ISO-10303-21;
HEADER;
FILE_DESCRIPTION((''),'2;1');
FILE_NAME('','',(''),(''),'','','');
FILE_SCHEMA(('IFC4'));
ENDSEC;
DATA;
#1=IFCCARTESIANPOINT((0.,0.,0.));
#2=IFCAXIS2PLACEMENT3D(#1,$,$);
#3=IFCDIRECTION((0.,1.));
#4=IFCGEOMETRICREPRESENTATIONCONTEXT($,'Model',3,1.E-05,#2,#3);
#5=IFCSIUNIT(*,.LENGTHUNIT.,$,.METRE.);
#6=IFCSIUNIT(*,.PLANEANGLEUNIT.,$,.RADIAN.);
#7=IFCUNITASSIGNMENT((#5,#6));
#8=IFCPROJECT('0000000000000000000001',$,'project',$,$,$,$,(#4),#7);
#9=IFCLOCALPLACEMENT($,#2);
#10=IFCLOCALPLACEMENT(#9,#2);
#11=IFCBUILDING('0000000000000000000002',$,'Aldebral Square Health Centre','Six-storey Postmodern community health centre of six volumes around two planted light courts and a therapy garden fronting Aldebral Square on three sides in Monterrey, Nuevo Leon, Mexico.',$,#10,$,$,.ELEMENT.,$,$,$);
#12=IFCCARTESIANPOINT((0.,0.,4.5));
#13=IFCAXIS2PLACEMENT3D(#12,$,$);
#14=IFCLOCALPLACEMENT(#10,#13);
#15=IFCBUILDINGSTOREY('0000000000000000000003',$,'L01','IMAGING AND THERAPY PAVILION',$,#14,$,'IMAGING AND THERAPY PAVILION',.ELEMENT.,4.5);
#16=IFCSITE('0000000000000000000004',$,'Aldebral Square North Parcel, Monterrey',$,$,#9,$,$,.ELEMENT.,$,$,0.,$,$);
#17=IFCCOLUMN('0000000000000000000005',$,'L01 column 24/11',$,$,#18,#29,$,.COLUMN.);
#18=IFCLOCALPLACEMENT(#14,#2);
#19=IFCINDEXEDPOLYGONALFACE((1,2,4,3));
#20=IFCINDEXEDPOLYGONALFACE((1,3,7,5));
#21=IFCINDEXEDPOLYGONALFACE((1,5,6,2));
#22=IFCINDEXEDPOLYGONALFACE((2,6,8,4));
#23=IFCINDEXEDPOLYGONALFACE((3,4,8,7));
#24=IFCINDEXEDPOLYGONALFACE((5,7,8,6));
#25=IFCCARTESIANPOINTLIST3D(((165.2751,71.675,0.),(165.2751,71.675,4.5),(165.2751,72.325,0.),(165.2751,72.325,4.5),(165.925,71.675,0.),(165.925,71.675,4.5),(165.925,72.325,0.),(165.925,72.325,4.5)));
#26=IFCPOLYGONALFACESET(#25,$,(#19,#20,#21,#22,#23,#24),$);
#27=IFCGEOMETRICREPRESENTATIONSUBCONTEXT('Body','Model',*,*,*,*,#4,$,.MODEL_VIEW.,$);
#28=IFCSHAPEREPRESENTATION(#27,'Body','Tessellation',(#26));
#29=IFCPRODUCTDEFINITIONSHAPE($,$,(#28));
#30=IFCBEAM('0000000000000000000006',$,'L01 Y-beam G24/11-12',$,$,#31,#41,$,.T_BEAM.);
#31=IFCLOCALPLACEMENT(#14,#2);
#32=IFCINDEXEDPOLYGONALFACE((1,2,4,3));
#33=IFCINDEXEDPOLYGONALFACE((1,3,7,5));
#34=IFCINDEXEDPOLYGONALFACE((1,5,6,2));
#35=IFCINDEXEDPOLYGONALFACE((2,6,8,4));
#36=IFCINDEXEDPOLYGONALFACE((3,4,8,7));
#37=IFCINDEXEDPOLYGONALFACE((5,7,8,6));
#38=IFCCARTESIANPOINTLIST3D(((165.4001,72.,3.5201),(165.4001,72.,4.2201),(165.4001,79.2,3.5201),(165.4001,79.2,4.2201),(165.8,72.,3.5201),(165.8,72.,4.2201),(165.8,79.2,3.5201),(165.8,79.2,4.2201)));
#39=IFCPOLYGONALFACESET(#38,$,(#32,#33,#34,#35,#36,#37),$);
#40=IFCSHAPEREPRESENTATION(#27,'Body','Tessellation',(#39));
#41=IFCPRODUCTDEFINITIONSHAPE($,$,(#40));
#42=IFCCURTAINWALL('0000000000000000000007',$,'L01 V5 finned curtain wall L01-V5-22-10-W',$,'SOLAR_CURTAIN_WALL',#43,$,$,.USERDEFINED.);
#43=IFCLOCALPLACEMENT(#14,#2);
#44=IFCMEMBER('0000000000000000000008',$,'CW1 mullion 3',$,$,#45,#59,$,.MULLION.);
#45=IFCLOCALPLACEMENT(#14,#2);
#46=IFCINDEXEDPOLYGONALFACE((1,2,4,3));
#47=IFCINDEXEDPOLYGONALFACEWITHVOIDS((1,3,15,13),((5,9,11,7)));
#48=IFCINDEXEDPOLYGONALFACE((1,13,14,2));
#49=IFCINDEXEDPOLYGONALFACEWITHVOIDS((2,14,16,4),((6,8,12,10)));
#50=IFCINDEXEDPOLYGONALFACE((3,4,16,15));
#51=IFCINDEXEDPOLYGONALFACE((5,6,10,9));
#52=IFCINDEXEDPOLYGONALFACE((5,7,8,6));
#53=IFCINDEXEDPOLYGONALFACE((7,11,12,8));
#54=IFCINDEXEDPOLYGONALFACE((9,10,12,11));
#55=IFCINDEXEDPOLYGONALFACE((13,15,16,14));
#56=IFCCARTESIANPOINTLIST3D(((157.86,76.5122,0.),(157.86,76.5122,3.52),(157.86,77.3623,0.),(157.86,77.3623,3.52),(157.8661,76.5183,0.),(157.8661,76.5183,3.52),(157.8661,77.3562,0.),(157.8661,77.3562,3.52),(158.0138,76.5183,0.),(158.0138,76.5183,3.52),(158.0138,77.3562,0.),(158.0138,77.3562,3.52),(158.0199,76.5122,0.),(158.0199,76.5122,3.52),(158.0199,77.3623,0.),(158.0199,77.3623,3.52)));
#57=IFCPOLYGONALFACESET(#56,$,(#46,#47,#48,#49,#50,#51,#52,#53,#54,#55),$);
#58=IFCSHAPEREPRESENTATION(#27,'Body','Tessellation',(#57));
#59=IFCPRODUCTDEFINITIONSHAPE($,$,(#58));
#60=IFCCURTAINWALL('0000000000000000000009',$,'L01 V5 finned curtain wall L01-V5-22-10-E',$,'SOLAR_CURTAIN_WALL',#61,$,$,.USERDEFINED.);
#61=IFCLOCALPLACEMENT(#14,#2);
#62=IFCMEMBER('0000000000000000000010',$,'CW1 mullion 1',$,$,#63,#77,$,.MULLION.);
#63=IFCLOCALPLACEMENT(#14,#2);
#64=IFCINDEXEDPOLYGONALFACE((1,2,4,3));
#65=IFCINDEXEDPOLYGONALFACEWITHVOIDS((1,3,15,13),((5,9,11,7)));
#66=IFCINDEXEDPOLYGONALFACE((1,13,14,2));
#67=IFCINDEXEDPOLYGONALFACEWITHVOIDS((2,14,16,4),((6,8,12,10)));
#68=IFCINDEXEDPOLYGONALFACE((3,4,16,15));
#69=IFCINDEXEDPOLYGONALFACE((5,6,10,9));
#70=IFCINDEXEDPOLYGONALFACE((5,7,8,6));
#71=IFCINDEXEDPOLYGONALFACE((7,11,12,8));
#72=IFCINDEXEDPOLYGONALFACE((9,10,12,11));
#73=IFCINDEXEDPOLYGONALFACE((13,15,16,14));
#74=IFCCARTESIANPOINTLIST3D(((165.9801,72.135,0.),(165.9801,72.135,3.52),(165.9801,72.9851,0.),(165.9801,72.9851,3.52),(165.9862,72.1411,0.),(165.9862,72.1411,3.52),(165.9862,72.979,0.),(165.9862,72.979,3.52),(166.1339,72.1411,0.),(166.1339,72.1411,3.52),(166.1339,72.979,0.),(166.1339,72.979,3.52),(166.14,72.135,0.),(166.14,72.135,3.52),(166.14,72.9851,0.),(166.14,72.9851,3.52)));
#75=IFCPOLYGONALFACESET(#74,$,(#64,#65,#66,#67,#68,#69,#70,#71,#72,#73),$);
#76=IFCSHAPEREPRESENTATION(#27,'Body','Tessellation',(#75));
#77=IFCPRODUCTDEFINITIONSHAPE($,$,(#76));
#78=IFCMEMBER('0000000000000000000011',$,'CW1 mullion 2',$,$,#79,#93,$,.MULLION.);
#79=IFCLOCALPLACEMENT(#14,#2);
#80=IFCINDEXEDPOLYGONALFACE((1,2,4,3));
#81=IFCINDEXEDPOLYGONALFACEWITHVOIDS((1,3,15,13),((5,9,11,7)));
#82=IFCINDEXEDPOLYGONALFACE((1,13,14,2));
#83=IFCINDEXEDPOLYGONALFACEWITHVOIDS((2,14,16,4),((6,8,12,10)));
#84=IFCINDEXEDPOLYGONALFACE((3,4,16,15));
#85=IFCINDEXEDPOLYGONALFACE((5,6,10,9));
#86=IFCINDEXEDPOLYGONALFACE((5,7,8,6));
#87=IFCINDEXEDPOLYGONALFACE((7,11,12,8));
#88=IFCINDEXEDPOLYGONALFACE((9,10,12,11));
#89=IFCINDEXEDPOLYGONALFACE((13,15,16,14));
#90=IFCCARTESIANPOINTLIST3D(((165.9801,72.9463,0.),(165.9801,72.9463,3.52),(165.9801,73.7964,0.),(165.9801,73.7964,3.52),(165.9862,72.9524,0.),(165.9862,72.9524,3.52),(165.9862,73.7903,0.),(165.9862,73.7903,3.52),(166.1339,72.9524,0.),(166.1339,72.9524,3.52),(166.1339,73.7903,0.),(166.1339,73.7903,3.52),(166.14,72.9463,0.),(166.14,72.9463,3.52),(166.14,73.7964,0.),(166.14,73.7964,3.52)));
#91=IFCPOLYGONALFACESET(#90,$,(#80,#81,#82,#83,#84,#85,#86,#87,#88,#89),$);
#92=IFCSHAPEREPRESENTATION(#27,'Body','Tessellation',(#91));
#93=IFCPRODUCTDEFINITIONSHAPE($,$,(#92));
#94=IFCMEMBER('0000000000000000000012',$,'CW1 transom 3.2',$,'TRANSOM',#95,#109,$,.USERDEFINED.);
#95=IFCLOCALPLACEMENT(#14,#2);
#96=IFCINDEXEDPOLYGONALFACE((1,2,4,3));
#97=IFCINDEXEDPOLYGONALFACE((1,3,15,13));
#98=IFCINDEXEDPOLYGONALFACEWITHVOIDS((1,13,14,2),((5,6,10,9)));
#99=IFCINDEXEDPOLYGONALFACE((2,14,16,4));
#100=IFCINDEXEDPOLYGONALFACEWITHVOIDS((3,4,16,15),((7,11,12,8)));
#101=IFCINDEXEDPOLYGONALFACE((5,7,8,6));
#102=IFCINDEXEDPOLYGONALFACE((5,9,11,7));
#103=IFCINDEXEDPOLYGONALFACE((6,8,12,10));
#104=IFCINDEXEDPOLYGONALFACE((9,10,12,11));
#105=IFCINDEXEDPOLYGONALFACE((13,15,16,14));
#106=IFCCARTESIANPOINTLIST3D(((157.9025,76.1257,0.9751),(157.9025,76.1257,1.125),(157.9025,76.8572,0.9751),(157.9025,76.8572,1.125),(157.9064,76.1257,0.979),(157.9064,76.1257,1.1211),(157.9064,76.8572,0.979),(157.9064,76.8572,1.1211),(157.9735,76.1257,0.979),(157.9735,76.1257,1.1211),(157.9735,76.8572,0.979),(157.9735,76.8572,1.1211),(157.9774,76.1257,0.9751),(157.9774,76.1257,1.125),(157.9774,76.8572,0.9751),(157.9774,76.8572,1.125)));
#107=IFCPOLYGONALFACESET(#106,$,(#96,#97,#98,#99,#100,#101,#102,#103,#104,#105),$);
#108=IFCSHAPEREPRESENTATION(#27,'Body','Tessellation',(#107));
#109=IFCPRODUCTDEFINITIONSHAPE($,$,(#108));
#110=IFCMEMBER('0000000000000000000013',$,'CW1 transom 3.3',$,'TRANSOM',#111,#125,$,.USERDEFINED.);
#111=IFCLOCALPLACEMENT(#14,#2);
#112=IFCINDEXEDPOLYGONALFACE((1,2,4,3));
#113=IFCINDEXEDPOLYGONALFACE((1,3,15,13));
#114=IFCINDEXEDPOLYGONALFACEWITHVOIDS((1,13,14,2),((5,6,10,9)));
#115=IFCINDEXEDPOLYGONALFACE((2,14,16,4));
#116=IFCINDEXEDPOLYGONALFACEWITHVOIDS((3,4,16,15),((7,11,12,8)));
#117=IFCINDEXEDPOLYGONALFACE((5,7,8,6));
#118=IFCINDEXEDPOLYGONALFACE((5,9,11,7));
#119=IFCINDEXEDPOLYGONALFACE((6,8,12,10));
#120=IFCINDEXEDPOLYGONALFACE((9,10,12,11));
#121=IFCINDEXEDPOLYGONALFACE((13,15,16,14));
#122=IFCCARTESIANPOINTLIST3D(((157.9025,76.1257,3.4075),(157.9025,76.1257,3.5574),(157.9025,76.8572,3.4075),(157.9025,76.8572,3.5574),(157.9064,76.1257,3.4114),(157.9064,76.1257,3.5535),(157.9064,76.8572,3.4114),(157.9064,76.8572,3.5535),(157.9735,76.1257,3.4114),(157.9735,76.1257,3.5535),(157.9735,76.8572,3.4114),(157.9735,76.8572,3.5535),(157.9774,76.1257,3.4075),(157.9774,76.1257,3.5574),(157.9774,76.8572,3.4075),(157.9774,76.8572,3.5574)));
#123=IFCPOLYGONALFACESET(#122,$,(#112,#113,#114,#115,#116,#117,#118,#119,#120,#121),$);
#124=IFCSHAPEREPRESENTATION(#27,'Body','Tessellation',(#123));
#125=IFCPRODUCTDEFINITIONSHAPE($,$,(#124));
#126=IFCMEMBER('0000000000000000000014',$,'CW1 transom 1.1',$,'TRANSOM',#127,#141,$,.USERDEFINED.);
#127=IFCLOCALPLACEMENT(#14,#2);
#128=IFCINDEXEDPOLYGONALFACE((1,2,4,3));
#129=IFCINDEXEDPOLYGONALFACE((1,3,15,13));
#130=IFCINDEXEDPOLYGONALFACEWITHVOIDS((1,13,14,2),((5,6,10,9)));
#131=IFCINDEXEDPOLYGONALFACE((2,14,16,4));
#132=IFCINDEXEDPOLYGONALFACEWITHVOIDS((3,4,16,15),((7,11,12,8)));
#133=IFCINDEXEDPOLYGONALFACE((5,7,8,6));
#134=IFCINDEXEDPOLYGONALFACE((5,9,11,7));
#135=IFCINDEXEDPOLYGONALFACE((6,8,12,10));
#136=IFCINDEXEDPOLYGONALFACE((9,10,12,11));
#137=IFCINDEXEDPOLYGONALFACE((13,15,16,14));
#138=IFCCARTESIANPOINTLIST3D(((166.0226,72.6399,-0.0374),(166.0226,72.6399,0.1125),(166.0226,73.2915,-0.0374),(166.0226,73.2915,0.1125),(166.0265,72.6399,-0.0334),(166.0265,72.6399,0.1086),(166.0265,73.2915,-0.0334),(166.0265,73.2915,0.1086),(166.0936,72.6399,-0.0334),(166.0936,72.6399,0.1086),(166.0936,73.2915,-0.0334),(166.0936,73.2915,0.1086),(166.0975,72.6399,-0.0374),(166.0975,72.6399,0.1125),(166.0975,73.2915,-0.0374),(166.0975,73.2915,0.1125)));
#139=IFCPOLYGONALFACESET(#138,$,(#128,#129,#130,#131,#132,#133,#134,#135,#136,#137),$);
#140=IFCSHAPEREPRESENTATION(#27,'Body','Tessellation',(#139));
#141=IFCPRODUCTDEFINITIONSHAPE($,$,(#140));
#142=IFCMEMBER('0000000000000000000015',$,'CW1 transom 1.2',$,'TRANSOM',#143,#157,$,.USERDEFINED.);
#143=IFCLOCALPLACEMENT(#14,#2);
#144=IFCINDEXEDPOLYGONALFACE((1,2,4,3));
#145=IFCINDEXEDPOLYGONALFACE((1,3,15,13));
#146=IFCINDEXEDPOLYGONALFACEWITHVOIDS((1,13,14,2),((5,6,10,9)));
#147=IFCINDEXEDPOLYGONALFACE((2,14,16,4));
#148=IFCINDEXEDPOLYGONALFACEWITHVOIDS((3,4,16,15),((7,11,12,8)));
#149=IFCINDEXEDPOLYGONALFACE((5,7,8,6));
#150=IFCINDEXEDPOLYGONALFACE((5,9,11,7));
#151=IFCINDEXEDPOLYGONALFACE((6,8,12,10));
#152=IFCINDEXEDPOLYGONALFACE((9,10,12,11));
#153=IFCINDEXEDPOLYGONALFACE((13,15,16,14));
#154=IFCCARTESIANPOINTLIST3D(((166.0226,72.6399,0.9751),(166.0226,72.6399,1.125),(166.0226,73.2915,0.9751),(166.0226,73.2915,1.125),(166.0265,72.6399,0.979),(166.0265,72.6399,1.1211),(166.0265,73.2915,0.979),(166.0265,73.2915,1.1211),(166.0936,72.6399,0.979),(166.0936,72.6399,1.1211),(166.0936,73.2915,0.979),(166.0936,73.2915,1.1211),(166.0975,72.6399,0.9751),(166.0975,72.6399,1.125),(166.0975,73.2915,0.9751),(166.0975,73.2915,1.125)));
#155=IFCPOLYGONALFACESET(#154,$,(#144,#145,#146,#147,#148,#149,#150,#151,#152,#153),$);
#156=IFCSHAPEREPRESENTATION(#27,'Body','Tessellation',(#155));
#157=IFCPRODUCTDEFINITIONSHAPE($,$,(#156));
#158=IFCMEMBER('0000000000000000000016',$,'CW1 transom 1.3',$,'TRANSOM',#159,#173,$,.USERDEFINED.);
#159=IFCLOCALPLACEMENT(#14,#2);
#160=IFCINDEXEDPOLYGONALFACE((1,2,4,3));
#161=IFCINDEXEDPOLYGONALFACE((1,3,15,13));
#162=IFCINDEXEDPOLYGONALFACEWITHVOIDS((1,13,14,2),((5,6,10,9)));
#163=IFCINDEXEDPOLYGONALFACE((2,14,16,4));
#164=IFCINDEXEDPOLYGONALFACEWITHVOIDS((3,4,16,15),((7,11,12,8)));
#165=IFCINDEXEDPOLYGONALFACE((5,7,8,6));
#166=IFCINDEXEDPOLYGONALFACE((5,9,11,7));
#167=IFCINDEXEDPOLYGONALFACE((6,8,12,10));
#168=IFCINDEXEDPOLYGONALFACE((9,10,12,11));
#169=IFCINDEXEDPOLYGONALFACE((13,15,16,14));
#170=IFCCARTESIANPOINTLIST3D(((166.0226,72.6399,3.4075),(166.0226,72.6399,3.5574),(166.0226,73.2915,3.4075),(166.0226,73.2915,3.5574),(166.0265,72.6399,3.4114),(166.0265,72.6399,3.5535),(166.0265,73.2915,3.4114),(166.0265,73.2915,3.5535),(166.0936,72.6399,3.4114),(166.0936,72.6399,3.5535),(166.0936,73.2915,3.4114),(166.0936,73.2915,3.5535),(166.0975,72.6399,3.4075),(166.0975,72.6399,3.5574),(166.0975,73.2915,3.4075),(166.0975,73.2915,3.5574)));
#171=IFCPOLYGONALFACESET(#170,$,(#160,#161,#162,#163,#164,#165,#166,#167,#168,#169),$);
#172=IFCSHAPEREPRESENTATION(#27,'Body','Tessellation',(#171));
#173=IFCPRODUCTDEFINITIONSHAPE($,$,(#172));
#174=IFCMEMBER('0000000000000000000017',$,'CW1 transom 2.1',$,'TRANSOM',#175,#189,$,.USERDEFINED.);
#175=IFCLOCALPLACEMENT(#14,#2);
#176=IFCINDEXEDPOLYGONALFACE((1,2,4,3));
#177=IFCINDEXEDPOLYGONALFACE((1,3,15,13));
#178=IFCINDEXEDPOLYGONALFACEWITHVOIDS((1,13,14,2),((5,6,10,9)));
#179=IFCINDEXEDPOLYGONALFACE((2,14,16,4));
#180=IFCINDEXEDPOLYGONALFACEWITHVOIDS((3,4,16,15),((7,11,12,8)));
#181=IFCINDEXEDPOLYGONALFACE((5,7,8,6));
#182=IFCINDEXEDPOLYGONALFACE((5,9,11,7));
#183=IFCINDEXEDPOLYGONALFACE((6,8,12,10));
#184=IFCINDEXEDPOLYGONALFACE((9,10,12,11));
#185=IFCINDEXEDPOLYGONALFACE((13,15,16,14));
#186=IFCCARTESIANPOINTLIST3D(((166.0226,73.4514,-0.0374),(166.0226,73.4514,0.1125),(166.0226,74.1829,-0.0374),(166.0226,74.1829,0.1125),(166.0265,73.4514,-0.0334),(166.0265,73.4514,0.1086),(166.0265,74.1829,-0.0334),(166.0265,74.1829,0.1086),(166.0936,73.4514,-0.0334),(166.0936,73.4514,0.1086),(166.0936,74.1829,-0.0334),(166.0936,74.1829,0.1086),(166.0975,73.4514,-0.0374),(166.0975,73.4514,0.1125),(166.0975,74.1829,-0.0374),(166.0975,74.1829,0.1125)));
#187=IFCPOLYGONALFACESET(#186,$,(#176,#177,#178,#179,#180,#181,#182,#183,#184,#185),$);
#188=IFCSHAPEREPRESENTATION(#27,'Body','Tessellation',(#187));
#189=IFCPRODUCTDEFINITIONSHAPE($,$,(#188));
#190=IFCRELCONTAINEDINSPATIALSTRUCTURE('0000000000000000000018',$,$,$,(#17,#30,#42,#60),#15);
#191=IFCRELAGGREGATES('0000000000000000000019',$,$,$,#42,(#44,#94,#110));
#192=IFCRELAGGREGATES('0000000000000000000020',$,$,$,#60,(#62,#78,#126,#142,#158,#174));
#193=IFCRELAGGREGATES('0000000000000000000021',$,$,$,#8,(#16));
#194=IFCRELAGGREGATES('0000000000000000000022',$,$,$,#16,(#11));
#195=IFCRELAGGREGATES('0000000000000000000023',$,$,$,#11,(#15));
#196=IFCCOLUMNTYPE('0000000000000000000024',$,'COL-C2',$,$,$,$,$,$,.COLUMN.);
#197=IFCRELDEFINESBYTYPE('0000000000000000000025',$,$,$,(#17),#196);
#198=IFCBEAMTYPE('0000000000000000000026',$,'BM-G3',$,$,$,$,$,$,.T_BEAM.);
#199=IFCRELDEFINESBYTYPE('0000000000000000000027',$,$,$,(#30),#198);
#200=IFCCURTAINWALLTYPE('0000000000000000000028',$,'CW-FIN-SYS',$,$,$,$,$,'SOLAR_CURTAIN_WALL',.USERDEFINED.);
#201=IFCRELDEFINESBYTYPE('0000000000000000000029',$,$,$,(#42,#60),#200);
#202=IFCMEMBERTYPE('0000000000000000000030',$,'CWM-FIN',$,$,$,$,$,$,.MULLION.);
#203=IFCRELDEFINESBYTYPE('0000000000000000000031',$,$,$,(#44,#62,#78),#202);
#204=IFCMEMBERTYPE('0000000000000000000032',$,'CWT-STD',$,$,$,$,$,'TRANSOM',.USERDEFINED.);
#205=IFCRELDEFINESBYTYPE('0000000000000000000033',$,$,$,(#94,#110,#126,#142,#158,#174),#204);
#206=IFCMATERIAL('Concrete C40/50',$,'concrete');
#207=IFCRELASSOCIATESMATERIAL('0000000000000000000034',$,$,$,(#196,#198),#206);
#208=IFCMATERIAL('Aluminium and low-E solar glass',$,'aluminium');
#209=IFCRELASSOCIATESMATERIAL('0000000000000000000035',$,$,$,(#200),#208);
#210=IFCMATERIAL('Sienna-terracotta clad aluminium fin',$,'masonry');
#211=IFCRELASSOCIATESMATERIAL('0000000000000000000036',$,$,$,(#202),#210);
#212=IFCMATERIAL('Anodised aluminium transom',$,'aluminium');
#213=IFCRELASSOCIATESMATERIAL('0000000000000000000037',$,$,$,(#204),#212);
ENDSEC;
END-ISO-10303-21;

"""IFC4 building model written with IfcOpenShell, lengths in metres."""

from ifc_helpers import new_model, si_unit, direction, frame, origin, origin_2d, place, context, subcontext, project, spatial, rectangle, hollow_rectangle, extrude, material, material_profile, profile_set, type_object, element, aggregate, save


model = new_model("IFC4")

# Units and contexts
model_context = context("Model", 3, precision=1e-05, world=origin(), true_north=direction((0.0, 1.0)))
body_context = subcontext(model_context, "Body", "Model", "MODEL_VIEW")
ifc_project = project(units=[si_unit("LENGTHUNIT", "METRE"), si_unit("PLANEANGLEUNIT", "RADIAN")], contexts=[model_context])

# Site, building, storey
site_placement = place(None, origin())
site = spatial("IfcSite", under=ifc_project, at=site_placement, Name="Aldebral Square North Parcel, Monterrey", CompositionType="ELEMENT", RefElevation=0.0)
building_placement = place(site_placement, origin())
building = spatial("IfcBuilding", under=site, at=building_placement, Name="Aldebral Square Health Centre", Description="Six-storey Postmodern community health centre of six volumes around two planted light courts and a therapy garden fronting Aldebral Square on three sides in Monterrey, Nuevo Leon, Mexico.", CompositionType="ELEMENT")
storey_placement = place(building_placement, frame((0.0, 0.0, 4.5)))
storey = spatial("IfcBuildingStorey", under=building, at=storey_placement, Name="L01", Description="IMAGING AND THERAPY PAVILION", LongName="IMAGING AND THERAPY PAVILION", CompositionType="ELEMENT", Elevation=4.5)

# Column
ifc_material_1 = material(Name="Concrete C40/50", Category="concrete")
ifc_material_profile_1 = material_profile(ifc_material_1, rectangle(XDim=0.6499, YDim=0.6499, at=origin_2d()), Name="RC 650x650")
ifc_profile_set_1 = profile_set([ifc_material_profile_1], Name="Concrete C40/50")
column_type = type_object("IfcColumnType", Name="COL-C2", PredefinedType="COLUMN", material=ifc_profile_set_1)
column_placement = place(storey_placement, frame((165.6001, 72.0, 0.0), z_axis=(0.0, 0.0, 1.0), x_axis=(1.0, 0.0, 0.0)))
element("IfcColumn", 1, at=column_placement, inside=storey, type_object=column_type, Name="L01 column 24/11", PredefinedType="COLUMN", context=body_context, shape_type="SweptSolid", body=[
    extrude(rectangle(XDim=0.6499, YDim=0.6499, at=origin_2d()), origin(), (0.0, 0.0, 1.0), 4.5),
])

# Beam
ifc_material_profile_2 = material_profile(ifc_material_1, rectangle(XDim=0.3999, YDim=0.7, at=origin_2d()), Name="RC 400x700")
ifc_profile_set_2 = profile_set([ifc_material_profile_2], Name="Concrete C40/50")
beam_type = type_object("IfcBeamType", Name="BM-G3", PredefinedType="T_BEAM", material=ifc_profile_set_2)
beam_placement = place(storey_placement, frame((165.6001, 72.0, 3.8701), z_axis=(0.0, 1.0, 0.0), x_axis=(-1.0, 0.0, 0.0)))
element("IfcBeam", 2, at=beam_placement, inside=storey, type_object=beam_type, Name="L01 Y-beam G24/11-12", PredefinedType="T_BEAM", context=body_context, shape_type="SweptSolid", body=[
    extrude(rectangle(XDim=0.3999, YDim=0.7, at=origin_2d()), origin(), (0.0, 0.0, 1.0), 7.2),
])

# Curtain wall, member
ifc_material_2 = material(Name="Aluminium and low-E solar glass", Category="aluminium")
curtain_wall_type = type_object("IfcCurtainWallType", Name="CW-FIN-SYS", ElementType="SOLAR_CURTAIN_WALL", PredefinedType="USERDEFINED", material=ifc_material_2)
curtain_wall_1_placement = place(storey_placement, origin())
curtain_wall_1 = element("IfcCurtainWall", 3, at=curtain_wall_1_placement, inside=storey, type_object=curtain_wall_type, Name="L01 V5 finned curtain wall L01-V5-22-10-W", ObjectType="SOLAR_CURTAIN_WALL", PredefinedType="USERDEFINED")
ifc_material_3 = material(Name="Sienna-terracotta clad aluminium fin", Category="masonry")
ifc_material_profile_3 = material_profile(ifc_material_3, hollow_rectangle(XDim=0.1599, YDim=0.8501, WallThickness=0.0061, at=origin_2d()), Name="FIN 160x850x6")
ifc_profile_set_3 = profile_set([ifc_material_profile_3], Name="Sienna-terracotta clad aluminium fin")
member_type_1 = type_object("IfcMemberType", Name="CWM-FIN", PredefinedType="MULLION", material=ifc_profile_set_3)
member_1_placement = place(storey_placement, frame((157.9399, 76.9373, 0.0), z_axis=(0.0, 0.0, 1.0), x_axis=(1.0, 0.0, 0.0)))
member_1 = element("IfcMember", 4, at=member_1_placement, type_object=member_type_1, Name="CW1 mullion 3", PredefinedType="MULLION", context=body_context, shape_type="SweptSolid", body=[
    extrude(hollow_rectangle(XDim=0.1599, YDim=0.8501, WallThickness=0.0061, at=origin_2d()), origin(), (0.0, 0.0, 1.0), 3.52),
])

# Curtain wall, members
curtain_wall_2_placement = place(storey_placement, origin())
curtain_wall_2 = element("IfcCurtainWall", 5, at=curtain_wall_2_placement, inside=storey, type_object=curtain_wall_type, Name="L01 V5 finned curtain wall L01-V5-22-10-E", ObjectType="SOLAR_CURTAIN_WALL", PredefinedType="USERDEFINED")
member_2_placement = place(storey_placement, frame((166.0601, 72.5601, 0.0), z_axis=(0.0, 0.0, 1.0), x_axis=(-1.0, 0.0, 0.0)))
member_2 = element("IfcMember", 6, at=member_2_placement, type_object=member_type_1, Name="CW1 mullion 1", PredefinedType="MULLION", context=body_context, shape_type="SweptSolid", body=[
    extrude(hollow_rectangle(XDim=0.1599, YDim=0.8501, WallThickness=0.0061, at=origin_2d()), origin(), (0.0, 0.0, 1.0), 3.52),
])
member_3_placement = place(storey_placement, frame((166.0601, 73.3713, 0.0), z_axis=(0.0, 0.0, 1.0), x_axis=(-1.0, 0.0, 0.0)))
member_3 = element("IfcMember", 7, at=member_3_placement, type_object=member_type_1, Name="CW1 mullion 2", PredefinedType="MULLION", context=body_context, shape_type="SweptSolid", body=[
    extrude(hollow_rectangle(XDim=0.1599, YDim=0.8501, WallThickness=0.0061, at=origin_2d()), origin(), (0.0, 0.0, 1.0), 3.52),
])

# Members
ifc_material_4 = material(Name="Anodised aluminium transom", Category="aluminium")
ifc_material_profile_4 = material_profile(ifc_material_4, hollow_rectangle(XDim=0.075, YDim=0.1499, WallThickness=0.0039, at=origin_2d()), Name="CWT 75x150x4")
ifc_profile_set_4 = profile_set([ifc_material_profile_4], Name="Anodised aluminium transom")
member_type_2 = type_object("IfcMemberType", Name="CWT-STD", ElementType="TRANSOM", PredefinedType="USERDEFINED", material=ifc_profile_set_4)
member_4_placement = place(storey_placement, frame((157.9399, 76.8572, 1.05), z_axis=(0.0, -1.0, 0.0), x_axis=(1.0, 0.0, 0.0)))
member_4 = element("IfcMember", 8, at=member_4_placement, type_object=member_type_2, Name="CW1 transom 3.2", ObjectType="TRANSOM", PredefinedType="USERDEFINED", context=body_context, shape_type="SweptSolid", body=[
    extrude(hollow_rectangle(XDim=0.075, YDim=0.1499, WallThickness=0.0039, at=origin_2d()), origin(), (0.0, 0.0, 1.0), 0.7314),
])
member_5_placement = place(storey_placement, frame((157.9399, 76.8572, 3.4824), z_axis=(0.0, -1.0, 0.0), x_axis=(1.0, 0.0, 0.0)))
member_5 = element("IfcMember", 9, at=member_5_placement, type_object=member_type_2, Name="CW1 transom 3.3", ObjectType="TRANSOM", PredefinedType="USERDEFINED", context=body_context, shape_type="SweptSolid", body=[
    extrude(hollow_rectangle(XDim=0.075, YDim=0.1499, WallThickness=0.0039, at=origin_2d()), origin(), (0.0, 0.0, 1.0), 0.7314),
])
aggregate(curtain_wall_1, [member_1, member_4, member_5])
member_6_placement = place(storey_placement, frame((166.0601, 72.6399, 0.0376), z_axis=(0.0, 1.0, 0.0), x_axis=(-1.0, 0.0, 0.0)))
member_6 = element("IfcMember", 10, at=member_6_placement, type_object=member_type_2, Name="CW1 transom 1.1", ObjectType="TRANSOM", PredefinedType="USERDEFINED", context=body_context, shape_type="SweptSolid", body=[
    extrude(hollow_rectangle(XDim=0.075, YDim=0.1499, WallThickness=0.0039, at=origin_2d()), origin(), (0.0, 0.0, 1.0), 0.6516),
])
member_7_placement = place(storey_placement, frame((166.0601, 72.6399, 1.05), z_axis=(0.0, 1.0, 0.0), x_axis=(-1.0, 0.0, 0.0)))
member_7 = element("IfcMember", 11, at=member_7_placement, type_object=member_type_2, Name="CW1 transom 1.2", ObjectType="TRANSOM", PredefinedType="USERDEFINED", context=body_context, shape_type="SweptSolid", body=[
    extrude(hollow_rectangle(XDim=0.075, YDim=0.1499, WallThickness=0.0039, at=origin_2d()), origin(), (0.0, 0.0, 1.0), 0.6516),
])
member_8_placement = place(storey_placement, frame((166.0601, 72.6399, 3.4824), z_axis=(0.0, 1.0, 0.0), x_axis=(-1.0, 0.0, 0.0)))
member_8 = element("IfcMember", 12, at=member_8_placement, type_object=member_type_2, Name="CW1 transom 1.3", ObjectType="TRANSOM", PredefinedType="USERDEFINED", context=body_context, shape_type="SweptSolid", body=[
    extrude(hollow_rectangle(XDim=0.075, YDim=0.1499, WallThickness=0.0039, at=origin_2d()), origin(), (0.0, 0.0, 1.0), 0.6516),
])
member_9_placement = place(storey_placement, frame((166.0601, 73.4514, 0.0376), z_axis=(0.0, 1.0, 0.0), x_axis=(-1.0, 0.0, 0.0)))
member_9 = element("IfcMember", 13, at=member_9_placement, type_object=member_type_2, Name="CW1 transom 2.1", ObjectType="TRANSOM", PredefinedType="USERDEFINED", context=body_context, shape_type="SweptSolid", body=[
    extrude(hollow_rectangle(XDim=0.075, YDim=0.1499, WallThickness=0.0039, at=origin_2d()), origin(), (0.0, 0.0, 1.0), 0.7314),
])

aggregate(curtain_wall_2, [member_2, member_3, member_6, member_7, member_8, member_9])

save(model, "model.ifc")
